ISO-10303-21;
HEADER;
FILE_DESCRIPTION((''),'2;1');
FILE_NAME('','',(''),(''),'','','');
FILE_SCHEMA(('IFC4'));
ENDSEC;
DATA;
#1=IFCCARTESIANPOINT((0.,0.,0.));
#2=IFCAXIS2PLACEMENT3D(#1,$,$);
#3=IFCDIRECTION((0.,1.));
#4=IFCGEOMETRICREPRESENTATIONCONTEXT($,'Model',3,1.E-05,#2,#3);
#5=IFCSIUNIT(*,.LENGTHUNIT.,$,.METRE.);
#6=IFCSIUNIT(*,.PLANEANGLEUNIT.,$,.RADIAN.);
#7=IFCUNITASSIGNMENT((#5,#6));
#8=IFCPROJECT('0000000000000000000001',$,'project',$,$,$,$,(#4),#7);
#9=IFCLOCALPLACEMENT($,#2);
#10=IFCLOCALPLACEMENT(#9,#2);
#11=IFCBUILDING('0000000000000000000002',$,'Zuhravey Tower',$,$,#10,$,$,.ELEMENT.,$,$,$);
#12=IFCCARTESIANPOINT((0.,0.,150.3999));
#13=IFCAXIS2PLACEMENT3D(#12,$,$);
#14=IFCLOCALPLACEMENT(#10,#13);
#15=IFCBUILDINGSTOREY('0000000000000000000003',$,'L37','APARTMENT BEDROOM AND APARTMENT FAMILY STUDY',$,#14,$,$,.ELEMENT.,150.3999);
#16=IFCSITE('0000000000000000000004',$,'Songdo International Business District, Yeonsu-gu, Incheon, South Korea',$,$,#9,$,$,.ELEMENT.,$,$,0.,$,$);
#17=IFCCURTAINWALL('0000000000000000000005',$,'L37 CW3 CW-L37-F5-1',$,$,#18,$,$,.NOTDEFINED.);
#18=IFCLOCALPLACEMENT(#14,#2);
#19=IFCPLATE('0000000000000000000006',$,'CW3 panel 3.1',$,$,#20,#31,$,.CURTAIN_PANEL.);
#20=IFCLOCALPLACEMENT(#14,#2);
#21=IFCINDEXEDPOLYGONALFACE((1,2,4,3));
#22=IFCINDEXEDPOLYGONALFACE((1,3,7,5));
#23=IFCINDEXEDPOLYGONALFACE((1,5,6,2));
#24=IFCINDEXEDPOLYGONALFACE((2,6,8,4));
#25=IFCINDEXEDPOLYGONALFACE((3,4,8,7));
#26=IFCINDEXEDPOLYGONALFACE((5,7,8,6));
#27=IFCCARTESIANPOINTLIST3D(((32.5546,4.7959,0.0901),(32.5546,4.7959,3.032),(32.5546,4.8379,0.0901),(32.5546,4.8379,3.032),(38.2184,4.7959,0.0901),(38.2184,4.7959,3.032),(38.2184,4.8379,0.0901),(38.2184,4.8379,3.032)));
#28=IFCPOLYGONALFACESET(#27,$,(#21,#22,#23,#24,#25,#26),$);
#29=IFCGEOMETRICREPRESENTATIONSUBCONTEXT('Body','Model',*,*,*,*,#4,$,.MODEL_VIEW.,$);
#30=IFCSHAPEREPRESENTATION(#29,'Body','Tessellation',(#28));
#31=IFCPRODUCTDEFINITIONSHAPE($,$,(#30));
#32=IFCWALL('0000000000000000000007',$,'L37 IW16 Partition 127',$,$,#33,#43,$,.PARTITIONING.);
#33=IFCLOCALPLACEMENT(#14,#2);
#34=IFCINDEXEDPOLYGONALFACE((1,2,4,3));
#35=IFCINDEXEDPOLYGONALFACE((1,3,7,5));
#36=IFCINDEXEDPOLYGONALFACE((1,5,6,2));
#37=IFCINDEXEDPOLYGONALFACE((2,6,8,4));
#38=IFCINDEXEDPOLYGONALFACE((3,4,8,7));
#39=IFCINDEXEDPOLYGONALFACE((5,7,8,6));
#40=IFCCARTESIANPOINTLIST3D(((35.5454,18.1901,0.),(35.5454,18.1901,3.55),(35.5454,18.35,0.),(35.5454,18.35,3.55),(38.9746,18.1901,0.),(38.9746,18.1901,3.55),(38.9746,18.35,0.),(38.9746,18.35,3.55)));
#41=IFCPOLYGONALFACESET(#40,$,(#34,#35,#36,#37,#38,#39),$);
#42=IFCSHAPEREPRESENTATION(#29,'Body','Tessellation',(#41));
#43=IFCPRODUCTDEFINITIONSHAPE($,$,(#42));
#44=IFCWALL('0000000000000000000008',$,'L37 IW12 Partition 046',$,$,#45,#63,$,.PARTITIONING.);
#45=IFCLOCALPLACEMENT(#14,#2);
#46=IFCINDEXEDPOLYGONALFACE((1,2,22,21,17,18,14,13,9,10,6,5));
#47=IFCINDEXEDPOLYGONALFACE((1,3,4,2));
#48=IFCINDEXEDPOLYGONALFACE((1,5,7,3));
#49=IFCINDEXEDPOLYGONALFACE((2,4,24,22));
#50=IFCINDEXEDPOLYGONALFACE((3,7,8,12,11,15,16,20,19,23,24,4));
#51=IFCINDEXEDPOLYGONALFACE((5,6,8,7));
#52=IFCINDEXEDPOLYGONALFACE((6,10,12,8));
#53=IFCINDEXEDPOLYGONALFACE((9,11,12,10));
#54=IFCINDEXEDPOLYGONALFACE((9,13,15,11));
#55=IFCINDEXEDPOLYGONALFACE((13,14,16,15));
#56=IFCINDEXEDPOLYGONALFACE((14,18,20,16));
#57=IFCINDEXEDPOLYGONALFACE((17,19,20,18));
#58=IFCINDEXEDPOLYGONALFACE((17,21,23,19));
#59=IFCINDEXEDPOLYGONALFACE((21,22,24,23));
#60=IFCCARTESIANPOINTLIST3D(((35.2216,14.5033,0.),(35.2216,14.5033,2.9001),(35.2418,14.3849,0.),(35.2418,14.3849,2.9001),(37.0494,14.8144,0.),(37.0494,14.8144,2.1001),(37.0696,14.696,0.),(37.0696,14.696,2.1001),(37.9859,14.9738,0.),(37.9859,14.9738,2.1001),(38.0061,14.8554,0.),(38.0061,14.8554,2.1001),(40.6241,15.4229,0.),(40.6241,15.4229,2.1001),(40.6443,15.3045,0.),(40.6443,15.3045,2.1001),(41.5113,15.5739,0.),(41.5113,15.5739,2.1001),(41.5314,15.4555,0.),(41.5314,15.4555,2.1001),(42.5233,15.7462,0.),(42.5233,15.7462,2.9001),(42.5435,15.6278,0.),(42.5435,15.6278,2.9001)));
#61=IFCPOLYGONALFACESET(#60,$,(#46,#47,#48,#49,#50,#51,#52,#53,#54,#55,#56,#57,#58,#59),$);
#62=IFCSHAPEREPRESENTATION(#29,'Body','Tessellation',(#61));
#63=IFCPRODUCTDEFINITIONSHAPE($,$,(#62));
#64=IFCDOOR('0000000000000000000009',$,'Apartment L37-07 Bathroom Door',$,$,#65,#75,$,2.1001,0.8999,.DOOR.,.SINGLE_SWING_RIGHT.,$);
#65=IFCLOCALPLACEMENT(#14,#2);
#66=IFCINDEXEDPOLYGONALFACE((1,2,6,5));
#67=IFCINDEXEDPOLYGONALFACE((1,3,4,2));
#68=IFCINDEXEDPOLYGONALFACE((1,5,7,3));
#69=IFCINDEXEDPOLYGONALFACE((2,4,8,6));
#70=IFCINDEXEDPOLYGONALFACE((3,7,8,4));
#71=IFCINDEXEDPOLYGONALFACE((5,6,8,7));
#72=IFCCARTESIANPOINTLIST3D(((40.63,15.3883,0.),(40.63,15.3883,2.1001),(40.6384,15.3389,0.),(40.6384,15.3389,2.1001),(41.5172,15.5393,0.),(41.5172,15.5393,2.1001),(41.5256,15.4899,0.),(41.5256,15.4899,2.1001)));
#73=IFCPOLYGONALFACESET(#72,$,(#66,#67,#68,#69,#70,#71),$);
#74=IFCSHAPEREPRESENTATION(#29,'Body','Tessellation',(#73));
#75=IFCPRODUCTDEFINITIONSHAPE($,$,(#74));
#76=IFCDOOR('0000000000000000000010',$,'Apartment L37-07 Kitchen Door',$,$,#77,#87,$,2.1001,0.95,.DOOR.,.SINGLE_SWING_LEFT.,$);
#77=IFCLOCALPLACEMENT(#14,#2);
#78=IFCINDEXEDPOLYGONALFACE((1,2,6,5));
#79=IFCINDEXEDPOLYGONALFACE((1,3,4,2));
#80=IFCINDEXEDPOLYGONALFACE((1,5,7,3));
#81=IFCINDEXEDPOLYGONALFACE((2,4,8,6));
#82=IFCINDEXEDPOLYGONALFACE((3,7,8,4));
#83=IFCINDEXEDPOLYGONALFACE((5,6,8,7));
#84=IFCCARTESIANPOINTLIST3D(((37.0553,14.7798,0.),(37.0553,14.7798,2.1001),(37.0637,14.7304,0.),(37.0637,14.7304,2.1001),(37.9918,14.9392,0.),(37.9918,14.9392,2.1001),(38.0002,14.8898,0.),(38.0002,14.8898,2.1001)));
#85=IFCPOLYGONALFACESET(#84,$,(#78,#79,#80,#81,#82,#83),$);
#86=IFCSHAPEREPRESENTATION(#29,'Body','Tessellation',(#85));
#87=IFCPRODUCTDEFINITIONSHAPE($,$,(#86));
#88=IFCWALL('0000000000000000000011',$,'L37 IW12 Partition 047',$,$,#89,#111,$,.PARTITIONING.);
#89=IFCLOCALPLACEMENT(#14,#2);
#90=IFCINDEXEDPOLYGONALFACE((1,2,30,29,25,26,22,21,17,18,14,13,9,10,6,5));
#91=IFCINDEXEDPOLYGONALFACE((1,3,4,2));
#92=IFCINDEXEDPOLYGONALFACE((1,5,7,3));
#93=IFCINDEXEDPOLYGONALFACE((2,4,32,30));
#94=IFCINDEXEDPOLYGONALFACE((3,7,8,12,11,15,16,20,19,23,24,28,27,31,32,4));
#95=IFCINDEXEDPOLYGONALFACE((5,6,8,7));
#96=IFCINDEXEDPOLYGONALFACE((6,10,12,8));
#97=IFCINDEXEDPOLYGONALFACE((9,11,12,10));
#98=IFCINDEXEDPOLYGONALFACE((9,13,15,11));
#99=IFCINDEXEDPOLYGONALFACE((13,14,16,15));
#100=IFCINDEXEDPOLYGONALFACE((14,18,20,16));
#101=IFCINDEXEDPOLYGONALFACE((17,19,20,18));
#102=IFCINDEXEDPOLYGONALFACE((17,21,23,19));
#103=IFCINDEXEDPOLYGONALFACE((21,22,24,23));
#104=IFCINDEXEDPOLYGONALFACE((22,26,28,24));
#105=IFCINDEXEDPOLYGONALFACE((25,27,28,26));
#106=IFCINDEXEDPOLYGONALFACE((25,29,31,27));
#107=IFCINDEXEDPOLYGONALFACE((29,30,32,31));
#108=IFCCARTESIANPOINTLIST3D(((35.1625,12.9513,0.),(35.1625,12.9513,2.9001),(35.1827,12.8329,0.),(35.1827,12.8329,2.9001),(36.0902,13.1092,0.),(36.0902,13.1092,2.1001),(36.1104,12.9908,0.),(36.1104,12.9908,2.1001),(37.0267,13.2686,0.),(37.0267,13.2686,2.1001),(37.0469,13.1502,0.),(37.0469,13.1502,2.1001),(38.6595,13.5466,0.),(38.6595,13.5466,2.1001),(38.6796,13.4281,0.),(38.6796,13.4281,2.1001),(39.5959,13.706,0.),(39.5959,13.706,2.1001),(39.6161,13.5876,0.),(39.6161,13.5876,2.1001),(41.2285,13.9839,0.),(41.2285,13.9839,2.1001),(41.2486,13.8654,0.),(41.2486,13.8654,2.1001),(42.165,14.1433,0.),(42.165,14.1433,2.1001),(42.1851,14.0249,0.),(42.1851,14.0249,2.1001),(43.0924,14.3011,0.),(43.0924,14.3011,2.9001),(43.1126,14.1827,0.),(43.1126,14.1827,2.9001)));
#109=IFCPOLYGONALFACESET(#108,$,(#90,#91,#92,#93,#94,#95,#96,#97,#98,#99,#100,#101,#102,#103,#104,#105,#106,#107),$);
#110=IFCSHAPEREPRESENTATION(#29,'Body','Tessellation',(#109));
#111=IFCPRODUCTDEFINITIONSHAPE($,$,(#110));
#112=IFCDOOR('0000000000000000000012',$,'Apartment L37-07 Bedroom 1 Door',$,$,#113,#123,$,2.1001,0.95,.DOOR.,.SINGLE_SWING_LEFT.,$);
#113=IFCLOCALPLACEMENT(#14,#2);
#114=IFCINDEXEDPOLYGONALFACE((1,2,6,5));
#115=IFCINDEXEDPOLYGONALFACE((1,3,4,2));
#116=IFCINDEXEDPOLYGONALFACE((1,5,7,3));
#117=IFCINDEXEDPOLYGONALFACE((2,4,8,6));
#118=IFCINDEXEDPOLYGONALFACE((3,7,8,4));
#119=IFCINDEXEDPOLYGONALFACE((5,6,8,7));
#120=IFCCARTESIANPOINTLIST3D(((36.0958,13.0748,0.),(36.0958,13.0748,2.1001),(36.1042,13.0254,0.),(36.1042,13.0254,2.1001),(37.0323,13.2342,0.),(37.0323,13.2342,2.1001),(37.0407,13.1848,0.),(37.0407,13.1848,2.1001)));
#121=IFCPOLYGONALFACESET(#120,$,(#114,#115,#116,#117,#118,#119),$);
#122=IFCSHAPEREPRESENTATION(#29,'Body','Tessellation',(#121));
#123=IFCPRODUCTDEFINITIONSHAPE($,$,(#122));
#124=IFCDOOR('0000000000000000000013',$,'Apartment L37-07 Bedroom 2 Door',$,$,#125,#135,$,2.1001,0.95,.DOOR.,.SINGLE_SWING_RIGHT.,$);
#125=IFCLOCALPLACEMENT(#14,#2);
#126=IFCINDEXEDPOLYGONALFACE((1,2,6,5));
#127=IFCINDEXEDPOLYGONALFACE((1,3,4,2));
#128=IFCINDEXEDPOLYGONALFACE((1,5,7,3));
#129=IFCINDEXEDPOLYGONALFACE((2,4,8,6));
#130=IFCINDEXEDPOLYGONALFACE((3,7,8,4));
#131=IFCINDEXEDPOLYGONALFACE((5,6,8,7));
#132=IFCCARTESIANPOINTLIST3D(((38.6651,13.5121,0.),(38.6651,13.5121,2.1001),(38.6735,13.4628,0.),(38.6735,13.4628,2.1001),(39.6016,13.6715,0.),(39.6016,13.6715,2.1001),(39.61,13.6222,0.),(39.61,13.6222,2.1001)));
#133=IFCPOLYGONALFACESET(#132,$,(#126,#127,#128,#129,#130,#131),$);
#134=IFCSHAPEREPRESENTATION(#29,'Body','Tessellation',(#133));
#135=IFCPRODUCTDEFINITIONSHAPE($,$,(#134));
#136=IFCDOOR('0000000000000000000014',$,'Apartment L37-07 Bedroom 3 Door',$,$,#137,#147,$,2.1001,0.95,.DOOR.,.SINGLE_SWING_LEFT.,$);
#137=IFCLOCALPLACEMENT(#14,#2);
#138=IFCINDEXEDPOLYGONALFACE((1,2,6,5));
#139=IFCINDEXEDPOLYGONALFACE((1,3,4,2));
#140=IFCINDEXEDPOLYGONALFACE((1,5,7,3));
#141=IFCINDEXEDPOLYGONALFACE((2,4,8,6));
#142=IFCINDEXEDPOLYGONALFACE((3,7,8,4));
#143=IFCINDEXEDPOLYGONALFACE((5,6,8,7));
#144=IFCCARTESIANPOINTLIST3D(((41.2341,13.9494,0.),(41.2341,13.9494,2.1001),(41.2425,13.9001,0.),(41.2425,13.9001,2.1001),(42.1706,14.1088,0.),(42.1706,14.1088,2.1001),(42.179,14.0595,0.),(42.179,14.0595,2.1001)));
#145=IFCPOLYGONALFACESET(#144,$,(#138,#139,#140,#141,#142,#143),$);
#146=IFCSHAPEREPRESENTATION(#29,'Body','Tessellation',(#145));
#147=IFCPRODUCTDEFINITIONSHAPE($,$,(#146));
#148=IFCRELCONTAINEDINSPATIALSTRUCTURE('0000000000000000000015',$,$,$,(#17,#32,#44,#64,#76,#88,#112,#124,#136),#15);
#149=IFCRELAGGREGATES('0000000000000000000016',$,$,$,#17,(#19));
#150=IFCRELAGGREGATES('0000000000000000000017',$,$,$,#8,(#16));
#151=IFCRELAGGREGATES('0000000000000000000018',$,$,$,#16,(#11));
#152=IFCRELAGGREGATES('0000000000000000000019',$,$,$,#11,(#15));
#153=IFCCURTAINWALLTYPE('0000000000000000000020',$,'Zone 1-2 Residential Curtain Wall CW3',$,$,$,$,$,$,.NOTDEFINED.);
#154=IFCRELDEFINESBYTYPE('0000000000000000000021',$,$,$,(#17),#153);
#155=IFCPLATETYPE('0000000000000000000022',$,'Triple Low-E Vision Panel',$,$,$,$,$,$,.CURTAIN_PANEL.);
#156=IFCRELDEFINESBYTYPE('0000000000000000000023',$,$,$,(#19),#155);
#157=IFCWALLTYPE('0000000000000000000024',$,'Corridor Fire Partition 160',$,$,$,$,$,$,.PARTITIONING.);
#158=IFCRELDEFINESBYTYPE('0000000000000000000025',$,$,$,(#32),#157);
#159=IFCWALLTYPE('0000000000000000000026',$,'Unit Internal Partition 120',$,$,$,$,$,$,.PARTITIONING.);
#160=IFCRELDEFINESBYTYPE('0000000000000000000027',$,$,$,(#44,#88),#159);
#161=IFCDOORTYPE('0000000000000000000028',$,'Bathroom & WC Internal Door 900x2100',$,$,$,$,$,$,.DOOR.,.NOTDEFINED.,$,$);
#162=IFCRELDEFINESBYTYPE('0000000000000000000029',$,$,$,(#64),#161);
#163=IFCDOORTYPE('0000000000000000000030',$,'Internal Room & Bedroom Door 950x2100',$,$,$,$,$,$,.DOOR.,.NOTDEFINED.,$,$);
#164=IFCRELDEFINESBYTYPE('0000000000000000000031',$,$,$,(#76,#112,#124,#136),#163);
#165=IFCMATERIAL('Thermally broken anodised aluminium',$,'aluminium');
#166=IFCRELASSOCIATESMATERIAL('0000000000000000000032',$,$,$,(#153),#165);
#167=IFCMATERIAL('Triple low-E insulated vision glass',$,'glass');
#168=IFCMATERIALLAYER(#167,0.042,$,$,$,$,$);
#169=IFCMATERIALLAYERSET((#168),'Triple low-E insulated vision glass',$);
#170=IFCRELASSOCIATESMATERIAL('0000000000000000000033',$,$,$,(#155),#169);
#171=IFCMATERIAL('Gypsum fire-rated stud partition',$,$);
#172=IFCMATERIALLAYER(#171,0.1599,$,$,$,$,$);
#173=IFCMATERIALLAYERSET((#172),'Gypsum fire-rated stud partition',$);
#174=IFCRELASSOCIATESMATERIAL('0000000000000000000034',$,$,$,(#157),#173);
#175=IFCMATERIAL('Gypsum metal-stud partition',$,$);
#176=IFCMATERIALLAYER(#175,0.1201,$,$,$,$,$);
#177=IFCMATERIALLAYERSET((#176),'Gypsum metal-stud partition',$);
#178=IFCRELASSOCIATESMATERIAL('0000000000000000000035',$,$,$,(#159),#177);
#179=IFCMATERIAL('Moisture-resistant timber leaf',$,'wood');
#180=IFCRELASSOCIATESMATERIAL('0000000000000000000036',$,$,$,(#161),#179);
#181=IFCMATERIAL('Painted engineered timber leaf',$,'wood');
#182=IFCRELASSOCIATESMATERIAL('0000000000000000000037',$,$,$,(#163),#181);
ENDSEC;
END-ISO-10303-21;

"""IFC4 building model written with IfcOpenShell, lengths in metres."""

from ifc_helpers import new_model, si_unit, direction, frame, frame_2d, origin, origin_2d, place, context, subcontext, project, spatial, rectangle, extrude, material, layer, layer_set, type_object, element, fill, aggregate, save


model = new_model("IFC4")

# Units and contexts
model_context = context("Model", 3, precision=1e-05, world=origin(), true_north=direction((0.0, 1.0)))
body_context = subcontext(model_context, "Body", "Model", "MODEL_VIEW")
ifc_project = project(units=[si_unit("LENGTHUNIT", "METRE"), si_unit("PLANEANGLEUNIT", "RADIAN")], contexts=[model_context])

# Site, building, storey
site_placement = place(None, origin())
site = spatial("IfcSite", under=ifc_project, at=site_placement, Name="Songdo International Business District, Yeonsu-gu, Incheon, South Korea", CompositionType="ELEMENT", RefElevation=0.0)
building_placement = place(site_placement, origin())
building = spatial("IfcBuilding", under=site, at=building_placement, Name="Zuhravey Tower", CompositionType="ELEMENT")
storey_placement = place(building_placement, frame((0.0, 0.0, 150.3999)))
storey = spatial("IfcBuildingStorey", under=building, at=storey_placement, Name="L37", Description="APARTMENT BEDROOM AND APARTMENT FAMILY STUDY", CompositionType="ELEMENT", Elevation=150.3999)

# Curtain wall
ifc_material_1 = material(Name="Thermally broken anodised aluminium", Category="aluminium")
curtain_wall_type = type_object("IfcCurtainWallType", Name="Zone 1-2 Residential Curtain Wall CW3", PredefinedType="NOTDEFINED", material=ifc_material_1)
curtain_wall_placement = place(storey_placement, origin())
curtain_wall = element("IfcCurtainWall", 1, at=curtain_wall_placement, inside=storey, type_object=curtain_wall_type, Name="L37 CW3 CW-L37-F5-1", PredefinedType="NOTDEFINED")

# Plate
ifc_material_2 = material(Name="Triple low-E insulated vision glass", Category="glass")
ifc_layer_1 = layer(ifc_material_2, 0.042)
ifc_layer_set_1 = layer_set([ifc_layer_1], Name="Triple low-E insulated vision glass")
plate_type = type_object("IfcPlateType", Name="Triple Low-E Vision Panel", PredefinedType="CURTAIN_PANEL", material=ifc_layer_set_1)
plate_1_placement = place(storey_placement, frame((35.3865, 4.8169, 0.0901), z_axis=(0.0, 0.0, 1.0), x_axis=(-1.0, 0.0, 0.0)))
plate_1 = element("IfcPlate", 2, at=plate_1_placement, type_object=plate_type, Name="CW3 panel 3.1", PredefinedType="CURTAIN_PANEL", context=body_context, shape_type="SweptSolid", body=[
    extrude(rectangle(XDim=5.6638, YDim=0.042, at=origin_2d()), origin(), (0.0, 0.0, 1.0), 2.9419),
])
aggregate(curtain_wall, [plate_1])

# Wall
ifc_material_3 = material(Name="Gypsum fire-rated stud partition")
ifc_layer_2 = layer(ifc_material_3, 0.1599)
ifc_layer_set_2 = layer_set([ifc_layer_2], Name="Gypsum fire-rated stud partition")
wall_type_1 = type_object("IfcWallType", Name="Corridor Fire Partition 160", PredefinedType="PARTITIONING", material=ifc_layer_set_2)
wall_1_placement = place(storey_placement, frame((35.5454, 18.27, 0.0), z_axis=(0.0, 0.0, 1.0), x_axis=(1.0, 0.0, 0.0)))
element("IfcWall", 3, at=wall_1_placement, inside=storey, type_object=wall_type_1, Name="L37 IW16 Partition 127", PredefinedType="PARTITIONING", context=body_context, shape_type="SweptSolid", body=[
    extrude(rectangle(XDim=3.4292, YDim=0.1599, at=frame_2d((1.7146, 0.0))), origin(), (0.0, 0.0, 1.0), 3.55),
])

# Walls, openings, doors
ifc_material_4 = material(Name="Gypsum metal-stud partition")
ifc_layer_3 = layer(ifc_material_4, 0.1201)
ifc_layer_set_3 = layer_set([ifc_layer_3], Name="Gypsum metal-stud partition")
wall_type_2 = type_object("IfcWallType", Name="Unit Internal Partition 120", PredefinedType="PARTITIONING", material=ifc_layer_set_3)
wall_2_placement = place(storey_placement, frame((35.2317, 14.4441, 0.0), z_axis=(0.0, 0.0, 1.0), x_axis=(0.98582, 0.167808, 0.0)))
wall_2 = element("IfcWall", 4, at=wall_2_placement, inside=storey, type_object=wall_type_2, Name="L37 IW12 Partition 046", PredefinedType="PARTITIONING", context=body_context, shape_type="SweptSolid", body=[
    extrude(rectangle(XDim=7.4067, YDim=0.1201, at=frame_2d((3.7034, 0.0))), origin(), (0.0, 0.0, 1.0), 2.9001),
])
opening_1_placement = place(wall_2_placement, frame((1.854, 0.0, 0.0)))
opening_1 = element("IfcOpeningElement", 5, at=opening_1_placement, cuts=wall_2, PredefinedType="OPENING", context=body_context, shape_type="SweptSolid", body=[
    extrude(rectangle(XDim=0.95, YDim=2.1001, at=frame_2d((0.4751, 1.05))), frame((0.0, 0.072, 0.0), z_axis=(0.0, -1.0, 0.0), x_axis=(1.0, 0.0, 0.0)), (0.0, 0.0, 1.0), 0.144),
])
opening_2_placement = place(wall_2_placement, frame((5.4802, 0.0, 0.0)))
opening_2 = element("IfcOpeningElement", 6, at=opening_2_placement, cuts=wall_2, PredefinedType="OPENING", context=body_context, shape_type="SweptSolid", body=[
    extrude(rectangle(XDim=0.8999, YDim=2.1001, at=frame_2d((0.45, 1.05))), frame((0.0, 0.072, 0.0), z_axis=(0.0, -1.0, 0.0), x_axis=(1.0, 0.0, 0.0)), (0.0, 0.0, 1.0), 0.144),
])
ifc_material_5 = material(Name="Moisture-resistant timber leaf", Category="wood")
door_type_1 = type_object("IfcDoorType", Name="Bathroom & WC Internal Door 900x2100", OperationType="NOTDEFINED", PredefinedType="DOOR", material=ifc_material_5)
door_1_placement = place(opening_2_placement, origin())
door_1 = element("IfcDoor", 7, at=door_1_placement, inside=storey, type_object=door_type_1, Name="Apartment L37-07 Bathroom Door", OperationType="SINGLE_SWING_RIGHT", OverallHeight=2.1001, OverallWidth=0.8999, PredefinedType="DOOR", context=body_context, shape_type="SweptSolid", body=[
    extrude(rectangle(XDim=0.8999, YDim=2.1001, at=frame_2d((0.45, 1.05))), frame((0.0, 0.0249, 0.0), z_axis=(0.0, -1.0, 0.0), x_axis=(1.0, 0.0, 0.0)), (0.0, 0.0, 1.0), 0.05),
])
fill(opening_2, door_1)
ifc_material_6 = material(Name="Painted engineered timber leaf", Category="wood")
door_type_2 = type_object("IfcDoorType", Name="Internal Room & Bedroom Door 950x2100", OperationType="NOTDEFINED", PredefinedType="DOOR", material=ifc_material_6)
door_2_placement = place(opening_1_placement, origin())
door_2 = element("IfcDoor", 8, at=door_2_placement, inside=storey, type_object=door_type_2, Name="Apartment L37-07 Kitchen Door", OperationType="SINGLE_SWING_LEFT", OverallHeight=2.1001, OverallWidth=0.95, PredefinedType="DOOR", context=body_context, shape_type="SweptSolid", body=[
    extrude(rectangle(XDim=0.95, YDim=2.1001, at=frame_2d((0.4751, 1.05))), frame((0.0, 0.0249, 0.0), z_axis=(0.0, -1.0, 0.0), x_axis=(1.0, 0.0, 0.0)), (0.0, 0.0, 1.0), 0.05),
])
fill(opening_1, door_2)
wall_3_placement = place(storey_placement, frame((35.1726, 12.8921, 0.0), z_axis=(0.0, 0.0, 1.0), x_axis=(0.98582, 0.167809, 0.0)))
wall_3 = element("IfcWall", 9, at=wall_3_placement, inside=storey, type_object=wall_type_2, Name="L37 IW12 Partition 047", PredefinedType="PARTITIONING", context=body_context, shape_type="SweptSolid", body=[
    extrude(rectangle(XDim=8.0439, YDim=0.1201, at=frame_2d((4.022, 0.0))), origin(), (0.0, 0.0, 1.0), 2.9001),
])
opening_3_placement = place(wall_3_placement, frame((0.9409, 0.0, 0.0)))
opening_3 = element("IfcOpeningElement", 10, at=opening_3_placement, cuts=wall_3, PredefinedType="OPENING", context=body_context, shape_type="SweptSolid", body=[
    extrude(rectangle(XDim=0.95, YDim=2.1001, at=frame_2d((0.4751, 1.05))), frame((0.0, 0.072, 0.0), z_axis=(0.0, -1.0, 0.0), x_axis=(1.0, 0.0, 0.0)), (0.0, 0.0, 1.0), 0.144),
])
opening_4_placement = place(wall_3_placement, frame((3.5471, 0.0, 0.0)))
opening_4 = element("IfcOpeningElement", 11, at=opening_4_placement, cuts=wall_3, PredefinedType="OPENING", context=body_context, shape_type="SweptSolid", body=[
    extrude(rectangle(XDim=0.95, YDim=2.1001, at=frame_2d((0.4751, 1.05))), frame((0.0, 0.072, 0.0), z_axis=(0.0, -1.0, 0.0), x_axis=(1.0, 0.0, 0.0)), (0.0, 0.0, 1.0), 0.144),
])
opening_5_placement = place(wall_3_placement, frame((6.1531, 0.0, 0.0)))
opening_5 = element("IfcOpeningElement", 12, at=opening_5_placement, cuts=wall_3, PredefinedType="OPENING", context=body_context, shape_type="SweptSolid", body=[
    extrude(rectangle(XDim=0.95, YDim=2.1001, at=frame_2d((0.4751, 1.05))), frame((0.0, 0.072, 0.0), z_axis=(0.0, -1.0, 0.0), x_axis=(1.0, 0.0, 0.0)), (0.0, 0.0, 1.0), 0.144),
])
door_3_placement = place(opening_3_placement, frame((0.95, 0.0, 0.0), z_axis=(0.0, 0.0, 1.0), x_axis=(-1.0, 0.0, 0.0)))
door_3 = element("IfcDoor", 13, at=door_3_placement, inside=storey, type_object=door_type_2, Name="Apartment L37-07 Bedroom 1 Door", OperationType="SINGLE_SWING_LEFT", OverallHeight=2.1001, OverallWidth=0.95, PredefinedType="DOOR", context=body_context, shape_type="SweptSolid", body=[
    extrude(rectangle(XDim=0.95, YDim=2.1001, at=frame_2d((0.4751, 1.05))), frame((0.0, 0.0249, 0.0), z_axis=(0.0, -1.0, 0.0), x_axis=(1.0, 0.0, 0.0)), (0.0, 0.0, 1.0), 0.05),
])
fill(opening_3, door_3)
door_4_placement = place(opening_4_placement, frame((0.95, 0.0, 0.0), z_axis=(0.0, 0.0, 1.0), x_axis=(-1.0, 0.0, 0.0)))
door_4 = element("IfcDoor", 14, at=door_4_placement, inside=storey, type_object=door_type_2, Name="Apartment L37-07 Bedroom 2 Door", OperationType="SINGLE_SWING_RIGHT", OverallHeight=2.1001, OverallWidth=0.95, PredefinedType="DOOR", context=body_context, shape_type="SweptSolid", body=[
    extrude(rectangle(XDim=0.95, YDim=2.1001, at=frame_2d((0.4751, 1.05))), frame((0.0, 0.0249, 0.0), z_axis=(0.0, -1.0, 0.0), x_axis=(1.0, 0.0, 0.0)), (0.0, 0.0, 1.0), 0.05),
])
fill(opening_4, door_4)
door_5_placement = place(opening_5_placement, frame((0.95, 0.0, 0.0), z_axis=(0.0, 0.0, 1.0), x_axis=(-1.0, 0.0, 0.0)))
door_5 = element("IfcDoor", 15, at=door_5_placement, inside=storey, type_object=door_type_2, Name="Apartment L37-07 Bedroom 3 Door", OperationType="SINGLE_SWING_LEFT", OverallHeight=2.1001, OverallWidth=0.95, PredefinedType="DOOR", context=body_context, shape_type="SweptSolid", body=[
    extrude(rectangle(XDim=0.95, YDim=2.1001, at=frame_2d((0.4751, 1.05))), frame((0.0, 0.0249, 0.0), z_axis=(0.0, -1.0, 0.0), x_axis=(1.0, 0.0, 0.0)), (0.0, 0.0, 1.0), 0.05),
])
fill(opening_5, door_5)

save(model, "model.ifc")
